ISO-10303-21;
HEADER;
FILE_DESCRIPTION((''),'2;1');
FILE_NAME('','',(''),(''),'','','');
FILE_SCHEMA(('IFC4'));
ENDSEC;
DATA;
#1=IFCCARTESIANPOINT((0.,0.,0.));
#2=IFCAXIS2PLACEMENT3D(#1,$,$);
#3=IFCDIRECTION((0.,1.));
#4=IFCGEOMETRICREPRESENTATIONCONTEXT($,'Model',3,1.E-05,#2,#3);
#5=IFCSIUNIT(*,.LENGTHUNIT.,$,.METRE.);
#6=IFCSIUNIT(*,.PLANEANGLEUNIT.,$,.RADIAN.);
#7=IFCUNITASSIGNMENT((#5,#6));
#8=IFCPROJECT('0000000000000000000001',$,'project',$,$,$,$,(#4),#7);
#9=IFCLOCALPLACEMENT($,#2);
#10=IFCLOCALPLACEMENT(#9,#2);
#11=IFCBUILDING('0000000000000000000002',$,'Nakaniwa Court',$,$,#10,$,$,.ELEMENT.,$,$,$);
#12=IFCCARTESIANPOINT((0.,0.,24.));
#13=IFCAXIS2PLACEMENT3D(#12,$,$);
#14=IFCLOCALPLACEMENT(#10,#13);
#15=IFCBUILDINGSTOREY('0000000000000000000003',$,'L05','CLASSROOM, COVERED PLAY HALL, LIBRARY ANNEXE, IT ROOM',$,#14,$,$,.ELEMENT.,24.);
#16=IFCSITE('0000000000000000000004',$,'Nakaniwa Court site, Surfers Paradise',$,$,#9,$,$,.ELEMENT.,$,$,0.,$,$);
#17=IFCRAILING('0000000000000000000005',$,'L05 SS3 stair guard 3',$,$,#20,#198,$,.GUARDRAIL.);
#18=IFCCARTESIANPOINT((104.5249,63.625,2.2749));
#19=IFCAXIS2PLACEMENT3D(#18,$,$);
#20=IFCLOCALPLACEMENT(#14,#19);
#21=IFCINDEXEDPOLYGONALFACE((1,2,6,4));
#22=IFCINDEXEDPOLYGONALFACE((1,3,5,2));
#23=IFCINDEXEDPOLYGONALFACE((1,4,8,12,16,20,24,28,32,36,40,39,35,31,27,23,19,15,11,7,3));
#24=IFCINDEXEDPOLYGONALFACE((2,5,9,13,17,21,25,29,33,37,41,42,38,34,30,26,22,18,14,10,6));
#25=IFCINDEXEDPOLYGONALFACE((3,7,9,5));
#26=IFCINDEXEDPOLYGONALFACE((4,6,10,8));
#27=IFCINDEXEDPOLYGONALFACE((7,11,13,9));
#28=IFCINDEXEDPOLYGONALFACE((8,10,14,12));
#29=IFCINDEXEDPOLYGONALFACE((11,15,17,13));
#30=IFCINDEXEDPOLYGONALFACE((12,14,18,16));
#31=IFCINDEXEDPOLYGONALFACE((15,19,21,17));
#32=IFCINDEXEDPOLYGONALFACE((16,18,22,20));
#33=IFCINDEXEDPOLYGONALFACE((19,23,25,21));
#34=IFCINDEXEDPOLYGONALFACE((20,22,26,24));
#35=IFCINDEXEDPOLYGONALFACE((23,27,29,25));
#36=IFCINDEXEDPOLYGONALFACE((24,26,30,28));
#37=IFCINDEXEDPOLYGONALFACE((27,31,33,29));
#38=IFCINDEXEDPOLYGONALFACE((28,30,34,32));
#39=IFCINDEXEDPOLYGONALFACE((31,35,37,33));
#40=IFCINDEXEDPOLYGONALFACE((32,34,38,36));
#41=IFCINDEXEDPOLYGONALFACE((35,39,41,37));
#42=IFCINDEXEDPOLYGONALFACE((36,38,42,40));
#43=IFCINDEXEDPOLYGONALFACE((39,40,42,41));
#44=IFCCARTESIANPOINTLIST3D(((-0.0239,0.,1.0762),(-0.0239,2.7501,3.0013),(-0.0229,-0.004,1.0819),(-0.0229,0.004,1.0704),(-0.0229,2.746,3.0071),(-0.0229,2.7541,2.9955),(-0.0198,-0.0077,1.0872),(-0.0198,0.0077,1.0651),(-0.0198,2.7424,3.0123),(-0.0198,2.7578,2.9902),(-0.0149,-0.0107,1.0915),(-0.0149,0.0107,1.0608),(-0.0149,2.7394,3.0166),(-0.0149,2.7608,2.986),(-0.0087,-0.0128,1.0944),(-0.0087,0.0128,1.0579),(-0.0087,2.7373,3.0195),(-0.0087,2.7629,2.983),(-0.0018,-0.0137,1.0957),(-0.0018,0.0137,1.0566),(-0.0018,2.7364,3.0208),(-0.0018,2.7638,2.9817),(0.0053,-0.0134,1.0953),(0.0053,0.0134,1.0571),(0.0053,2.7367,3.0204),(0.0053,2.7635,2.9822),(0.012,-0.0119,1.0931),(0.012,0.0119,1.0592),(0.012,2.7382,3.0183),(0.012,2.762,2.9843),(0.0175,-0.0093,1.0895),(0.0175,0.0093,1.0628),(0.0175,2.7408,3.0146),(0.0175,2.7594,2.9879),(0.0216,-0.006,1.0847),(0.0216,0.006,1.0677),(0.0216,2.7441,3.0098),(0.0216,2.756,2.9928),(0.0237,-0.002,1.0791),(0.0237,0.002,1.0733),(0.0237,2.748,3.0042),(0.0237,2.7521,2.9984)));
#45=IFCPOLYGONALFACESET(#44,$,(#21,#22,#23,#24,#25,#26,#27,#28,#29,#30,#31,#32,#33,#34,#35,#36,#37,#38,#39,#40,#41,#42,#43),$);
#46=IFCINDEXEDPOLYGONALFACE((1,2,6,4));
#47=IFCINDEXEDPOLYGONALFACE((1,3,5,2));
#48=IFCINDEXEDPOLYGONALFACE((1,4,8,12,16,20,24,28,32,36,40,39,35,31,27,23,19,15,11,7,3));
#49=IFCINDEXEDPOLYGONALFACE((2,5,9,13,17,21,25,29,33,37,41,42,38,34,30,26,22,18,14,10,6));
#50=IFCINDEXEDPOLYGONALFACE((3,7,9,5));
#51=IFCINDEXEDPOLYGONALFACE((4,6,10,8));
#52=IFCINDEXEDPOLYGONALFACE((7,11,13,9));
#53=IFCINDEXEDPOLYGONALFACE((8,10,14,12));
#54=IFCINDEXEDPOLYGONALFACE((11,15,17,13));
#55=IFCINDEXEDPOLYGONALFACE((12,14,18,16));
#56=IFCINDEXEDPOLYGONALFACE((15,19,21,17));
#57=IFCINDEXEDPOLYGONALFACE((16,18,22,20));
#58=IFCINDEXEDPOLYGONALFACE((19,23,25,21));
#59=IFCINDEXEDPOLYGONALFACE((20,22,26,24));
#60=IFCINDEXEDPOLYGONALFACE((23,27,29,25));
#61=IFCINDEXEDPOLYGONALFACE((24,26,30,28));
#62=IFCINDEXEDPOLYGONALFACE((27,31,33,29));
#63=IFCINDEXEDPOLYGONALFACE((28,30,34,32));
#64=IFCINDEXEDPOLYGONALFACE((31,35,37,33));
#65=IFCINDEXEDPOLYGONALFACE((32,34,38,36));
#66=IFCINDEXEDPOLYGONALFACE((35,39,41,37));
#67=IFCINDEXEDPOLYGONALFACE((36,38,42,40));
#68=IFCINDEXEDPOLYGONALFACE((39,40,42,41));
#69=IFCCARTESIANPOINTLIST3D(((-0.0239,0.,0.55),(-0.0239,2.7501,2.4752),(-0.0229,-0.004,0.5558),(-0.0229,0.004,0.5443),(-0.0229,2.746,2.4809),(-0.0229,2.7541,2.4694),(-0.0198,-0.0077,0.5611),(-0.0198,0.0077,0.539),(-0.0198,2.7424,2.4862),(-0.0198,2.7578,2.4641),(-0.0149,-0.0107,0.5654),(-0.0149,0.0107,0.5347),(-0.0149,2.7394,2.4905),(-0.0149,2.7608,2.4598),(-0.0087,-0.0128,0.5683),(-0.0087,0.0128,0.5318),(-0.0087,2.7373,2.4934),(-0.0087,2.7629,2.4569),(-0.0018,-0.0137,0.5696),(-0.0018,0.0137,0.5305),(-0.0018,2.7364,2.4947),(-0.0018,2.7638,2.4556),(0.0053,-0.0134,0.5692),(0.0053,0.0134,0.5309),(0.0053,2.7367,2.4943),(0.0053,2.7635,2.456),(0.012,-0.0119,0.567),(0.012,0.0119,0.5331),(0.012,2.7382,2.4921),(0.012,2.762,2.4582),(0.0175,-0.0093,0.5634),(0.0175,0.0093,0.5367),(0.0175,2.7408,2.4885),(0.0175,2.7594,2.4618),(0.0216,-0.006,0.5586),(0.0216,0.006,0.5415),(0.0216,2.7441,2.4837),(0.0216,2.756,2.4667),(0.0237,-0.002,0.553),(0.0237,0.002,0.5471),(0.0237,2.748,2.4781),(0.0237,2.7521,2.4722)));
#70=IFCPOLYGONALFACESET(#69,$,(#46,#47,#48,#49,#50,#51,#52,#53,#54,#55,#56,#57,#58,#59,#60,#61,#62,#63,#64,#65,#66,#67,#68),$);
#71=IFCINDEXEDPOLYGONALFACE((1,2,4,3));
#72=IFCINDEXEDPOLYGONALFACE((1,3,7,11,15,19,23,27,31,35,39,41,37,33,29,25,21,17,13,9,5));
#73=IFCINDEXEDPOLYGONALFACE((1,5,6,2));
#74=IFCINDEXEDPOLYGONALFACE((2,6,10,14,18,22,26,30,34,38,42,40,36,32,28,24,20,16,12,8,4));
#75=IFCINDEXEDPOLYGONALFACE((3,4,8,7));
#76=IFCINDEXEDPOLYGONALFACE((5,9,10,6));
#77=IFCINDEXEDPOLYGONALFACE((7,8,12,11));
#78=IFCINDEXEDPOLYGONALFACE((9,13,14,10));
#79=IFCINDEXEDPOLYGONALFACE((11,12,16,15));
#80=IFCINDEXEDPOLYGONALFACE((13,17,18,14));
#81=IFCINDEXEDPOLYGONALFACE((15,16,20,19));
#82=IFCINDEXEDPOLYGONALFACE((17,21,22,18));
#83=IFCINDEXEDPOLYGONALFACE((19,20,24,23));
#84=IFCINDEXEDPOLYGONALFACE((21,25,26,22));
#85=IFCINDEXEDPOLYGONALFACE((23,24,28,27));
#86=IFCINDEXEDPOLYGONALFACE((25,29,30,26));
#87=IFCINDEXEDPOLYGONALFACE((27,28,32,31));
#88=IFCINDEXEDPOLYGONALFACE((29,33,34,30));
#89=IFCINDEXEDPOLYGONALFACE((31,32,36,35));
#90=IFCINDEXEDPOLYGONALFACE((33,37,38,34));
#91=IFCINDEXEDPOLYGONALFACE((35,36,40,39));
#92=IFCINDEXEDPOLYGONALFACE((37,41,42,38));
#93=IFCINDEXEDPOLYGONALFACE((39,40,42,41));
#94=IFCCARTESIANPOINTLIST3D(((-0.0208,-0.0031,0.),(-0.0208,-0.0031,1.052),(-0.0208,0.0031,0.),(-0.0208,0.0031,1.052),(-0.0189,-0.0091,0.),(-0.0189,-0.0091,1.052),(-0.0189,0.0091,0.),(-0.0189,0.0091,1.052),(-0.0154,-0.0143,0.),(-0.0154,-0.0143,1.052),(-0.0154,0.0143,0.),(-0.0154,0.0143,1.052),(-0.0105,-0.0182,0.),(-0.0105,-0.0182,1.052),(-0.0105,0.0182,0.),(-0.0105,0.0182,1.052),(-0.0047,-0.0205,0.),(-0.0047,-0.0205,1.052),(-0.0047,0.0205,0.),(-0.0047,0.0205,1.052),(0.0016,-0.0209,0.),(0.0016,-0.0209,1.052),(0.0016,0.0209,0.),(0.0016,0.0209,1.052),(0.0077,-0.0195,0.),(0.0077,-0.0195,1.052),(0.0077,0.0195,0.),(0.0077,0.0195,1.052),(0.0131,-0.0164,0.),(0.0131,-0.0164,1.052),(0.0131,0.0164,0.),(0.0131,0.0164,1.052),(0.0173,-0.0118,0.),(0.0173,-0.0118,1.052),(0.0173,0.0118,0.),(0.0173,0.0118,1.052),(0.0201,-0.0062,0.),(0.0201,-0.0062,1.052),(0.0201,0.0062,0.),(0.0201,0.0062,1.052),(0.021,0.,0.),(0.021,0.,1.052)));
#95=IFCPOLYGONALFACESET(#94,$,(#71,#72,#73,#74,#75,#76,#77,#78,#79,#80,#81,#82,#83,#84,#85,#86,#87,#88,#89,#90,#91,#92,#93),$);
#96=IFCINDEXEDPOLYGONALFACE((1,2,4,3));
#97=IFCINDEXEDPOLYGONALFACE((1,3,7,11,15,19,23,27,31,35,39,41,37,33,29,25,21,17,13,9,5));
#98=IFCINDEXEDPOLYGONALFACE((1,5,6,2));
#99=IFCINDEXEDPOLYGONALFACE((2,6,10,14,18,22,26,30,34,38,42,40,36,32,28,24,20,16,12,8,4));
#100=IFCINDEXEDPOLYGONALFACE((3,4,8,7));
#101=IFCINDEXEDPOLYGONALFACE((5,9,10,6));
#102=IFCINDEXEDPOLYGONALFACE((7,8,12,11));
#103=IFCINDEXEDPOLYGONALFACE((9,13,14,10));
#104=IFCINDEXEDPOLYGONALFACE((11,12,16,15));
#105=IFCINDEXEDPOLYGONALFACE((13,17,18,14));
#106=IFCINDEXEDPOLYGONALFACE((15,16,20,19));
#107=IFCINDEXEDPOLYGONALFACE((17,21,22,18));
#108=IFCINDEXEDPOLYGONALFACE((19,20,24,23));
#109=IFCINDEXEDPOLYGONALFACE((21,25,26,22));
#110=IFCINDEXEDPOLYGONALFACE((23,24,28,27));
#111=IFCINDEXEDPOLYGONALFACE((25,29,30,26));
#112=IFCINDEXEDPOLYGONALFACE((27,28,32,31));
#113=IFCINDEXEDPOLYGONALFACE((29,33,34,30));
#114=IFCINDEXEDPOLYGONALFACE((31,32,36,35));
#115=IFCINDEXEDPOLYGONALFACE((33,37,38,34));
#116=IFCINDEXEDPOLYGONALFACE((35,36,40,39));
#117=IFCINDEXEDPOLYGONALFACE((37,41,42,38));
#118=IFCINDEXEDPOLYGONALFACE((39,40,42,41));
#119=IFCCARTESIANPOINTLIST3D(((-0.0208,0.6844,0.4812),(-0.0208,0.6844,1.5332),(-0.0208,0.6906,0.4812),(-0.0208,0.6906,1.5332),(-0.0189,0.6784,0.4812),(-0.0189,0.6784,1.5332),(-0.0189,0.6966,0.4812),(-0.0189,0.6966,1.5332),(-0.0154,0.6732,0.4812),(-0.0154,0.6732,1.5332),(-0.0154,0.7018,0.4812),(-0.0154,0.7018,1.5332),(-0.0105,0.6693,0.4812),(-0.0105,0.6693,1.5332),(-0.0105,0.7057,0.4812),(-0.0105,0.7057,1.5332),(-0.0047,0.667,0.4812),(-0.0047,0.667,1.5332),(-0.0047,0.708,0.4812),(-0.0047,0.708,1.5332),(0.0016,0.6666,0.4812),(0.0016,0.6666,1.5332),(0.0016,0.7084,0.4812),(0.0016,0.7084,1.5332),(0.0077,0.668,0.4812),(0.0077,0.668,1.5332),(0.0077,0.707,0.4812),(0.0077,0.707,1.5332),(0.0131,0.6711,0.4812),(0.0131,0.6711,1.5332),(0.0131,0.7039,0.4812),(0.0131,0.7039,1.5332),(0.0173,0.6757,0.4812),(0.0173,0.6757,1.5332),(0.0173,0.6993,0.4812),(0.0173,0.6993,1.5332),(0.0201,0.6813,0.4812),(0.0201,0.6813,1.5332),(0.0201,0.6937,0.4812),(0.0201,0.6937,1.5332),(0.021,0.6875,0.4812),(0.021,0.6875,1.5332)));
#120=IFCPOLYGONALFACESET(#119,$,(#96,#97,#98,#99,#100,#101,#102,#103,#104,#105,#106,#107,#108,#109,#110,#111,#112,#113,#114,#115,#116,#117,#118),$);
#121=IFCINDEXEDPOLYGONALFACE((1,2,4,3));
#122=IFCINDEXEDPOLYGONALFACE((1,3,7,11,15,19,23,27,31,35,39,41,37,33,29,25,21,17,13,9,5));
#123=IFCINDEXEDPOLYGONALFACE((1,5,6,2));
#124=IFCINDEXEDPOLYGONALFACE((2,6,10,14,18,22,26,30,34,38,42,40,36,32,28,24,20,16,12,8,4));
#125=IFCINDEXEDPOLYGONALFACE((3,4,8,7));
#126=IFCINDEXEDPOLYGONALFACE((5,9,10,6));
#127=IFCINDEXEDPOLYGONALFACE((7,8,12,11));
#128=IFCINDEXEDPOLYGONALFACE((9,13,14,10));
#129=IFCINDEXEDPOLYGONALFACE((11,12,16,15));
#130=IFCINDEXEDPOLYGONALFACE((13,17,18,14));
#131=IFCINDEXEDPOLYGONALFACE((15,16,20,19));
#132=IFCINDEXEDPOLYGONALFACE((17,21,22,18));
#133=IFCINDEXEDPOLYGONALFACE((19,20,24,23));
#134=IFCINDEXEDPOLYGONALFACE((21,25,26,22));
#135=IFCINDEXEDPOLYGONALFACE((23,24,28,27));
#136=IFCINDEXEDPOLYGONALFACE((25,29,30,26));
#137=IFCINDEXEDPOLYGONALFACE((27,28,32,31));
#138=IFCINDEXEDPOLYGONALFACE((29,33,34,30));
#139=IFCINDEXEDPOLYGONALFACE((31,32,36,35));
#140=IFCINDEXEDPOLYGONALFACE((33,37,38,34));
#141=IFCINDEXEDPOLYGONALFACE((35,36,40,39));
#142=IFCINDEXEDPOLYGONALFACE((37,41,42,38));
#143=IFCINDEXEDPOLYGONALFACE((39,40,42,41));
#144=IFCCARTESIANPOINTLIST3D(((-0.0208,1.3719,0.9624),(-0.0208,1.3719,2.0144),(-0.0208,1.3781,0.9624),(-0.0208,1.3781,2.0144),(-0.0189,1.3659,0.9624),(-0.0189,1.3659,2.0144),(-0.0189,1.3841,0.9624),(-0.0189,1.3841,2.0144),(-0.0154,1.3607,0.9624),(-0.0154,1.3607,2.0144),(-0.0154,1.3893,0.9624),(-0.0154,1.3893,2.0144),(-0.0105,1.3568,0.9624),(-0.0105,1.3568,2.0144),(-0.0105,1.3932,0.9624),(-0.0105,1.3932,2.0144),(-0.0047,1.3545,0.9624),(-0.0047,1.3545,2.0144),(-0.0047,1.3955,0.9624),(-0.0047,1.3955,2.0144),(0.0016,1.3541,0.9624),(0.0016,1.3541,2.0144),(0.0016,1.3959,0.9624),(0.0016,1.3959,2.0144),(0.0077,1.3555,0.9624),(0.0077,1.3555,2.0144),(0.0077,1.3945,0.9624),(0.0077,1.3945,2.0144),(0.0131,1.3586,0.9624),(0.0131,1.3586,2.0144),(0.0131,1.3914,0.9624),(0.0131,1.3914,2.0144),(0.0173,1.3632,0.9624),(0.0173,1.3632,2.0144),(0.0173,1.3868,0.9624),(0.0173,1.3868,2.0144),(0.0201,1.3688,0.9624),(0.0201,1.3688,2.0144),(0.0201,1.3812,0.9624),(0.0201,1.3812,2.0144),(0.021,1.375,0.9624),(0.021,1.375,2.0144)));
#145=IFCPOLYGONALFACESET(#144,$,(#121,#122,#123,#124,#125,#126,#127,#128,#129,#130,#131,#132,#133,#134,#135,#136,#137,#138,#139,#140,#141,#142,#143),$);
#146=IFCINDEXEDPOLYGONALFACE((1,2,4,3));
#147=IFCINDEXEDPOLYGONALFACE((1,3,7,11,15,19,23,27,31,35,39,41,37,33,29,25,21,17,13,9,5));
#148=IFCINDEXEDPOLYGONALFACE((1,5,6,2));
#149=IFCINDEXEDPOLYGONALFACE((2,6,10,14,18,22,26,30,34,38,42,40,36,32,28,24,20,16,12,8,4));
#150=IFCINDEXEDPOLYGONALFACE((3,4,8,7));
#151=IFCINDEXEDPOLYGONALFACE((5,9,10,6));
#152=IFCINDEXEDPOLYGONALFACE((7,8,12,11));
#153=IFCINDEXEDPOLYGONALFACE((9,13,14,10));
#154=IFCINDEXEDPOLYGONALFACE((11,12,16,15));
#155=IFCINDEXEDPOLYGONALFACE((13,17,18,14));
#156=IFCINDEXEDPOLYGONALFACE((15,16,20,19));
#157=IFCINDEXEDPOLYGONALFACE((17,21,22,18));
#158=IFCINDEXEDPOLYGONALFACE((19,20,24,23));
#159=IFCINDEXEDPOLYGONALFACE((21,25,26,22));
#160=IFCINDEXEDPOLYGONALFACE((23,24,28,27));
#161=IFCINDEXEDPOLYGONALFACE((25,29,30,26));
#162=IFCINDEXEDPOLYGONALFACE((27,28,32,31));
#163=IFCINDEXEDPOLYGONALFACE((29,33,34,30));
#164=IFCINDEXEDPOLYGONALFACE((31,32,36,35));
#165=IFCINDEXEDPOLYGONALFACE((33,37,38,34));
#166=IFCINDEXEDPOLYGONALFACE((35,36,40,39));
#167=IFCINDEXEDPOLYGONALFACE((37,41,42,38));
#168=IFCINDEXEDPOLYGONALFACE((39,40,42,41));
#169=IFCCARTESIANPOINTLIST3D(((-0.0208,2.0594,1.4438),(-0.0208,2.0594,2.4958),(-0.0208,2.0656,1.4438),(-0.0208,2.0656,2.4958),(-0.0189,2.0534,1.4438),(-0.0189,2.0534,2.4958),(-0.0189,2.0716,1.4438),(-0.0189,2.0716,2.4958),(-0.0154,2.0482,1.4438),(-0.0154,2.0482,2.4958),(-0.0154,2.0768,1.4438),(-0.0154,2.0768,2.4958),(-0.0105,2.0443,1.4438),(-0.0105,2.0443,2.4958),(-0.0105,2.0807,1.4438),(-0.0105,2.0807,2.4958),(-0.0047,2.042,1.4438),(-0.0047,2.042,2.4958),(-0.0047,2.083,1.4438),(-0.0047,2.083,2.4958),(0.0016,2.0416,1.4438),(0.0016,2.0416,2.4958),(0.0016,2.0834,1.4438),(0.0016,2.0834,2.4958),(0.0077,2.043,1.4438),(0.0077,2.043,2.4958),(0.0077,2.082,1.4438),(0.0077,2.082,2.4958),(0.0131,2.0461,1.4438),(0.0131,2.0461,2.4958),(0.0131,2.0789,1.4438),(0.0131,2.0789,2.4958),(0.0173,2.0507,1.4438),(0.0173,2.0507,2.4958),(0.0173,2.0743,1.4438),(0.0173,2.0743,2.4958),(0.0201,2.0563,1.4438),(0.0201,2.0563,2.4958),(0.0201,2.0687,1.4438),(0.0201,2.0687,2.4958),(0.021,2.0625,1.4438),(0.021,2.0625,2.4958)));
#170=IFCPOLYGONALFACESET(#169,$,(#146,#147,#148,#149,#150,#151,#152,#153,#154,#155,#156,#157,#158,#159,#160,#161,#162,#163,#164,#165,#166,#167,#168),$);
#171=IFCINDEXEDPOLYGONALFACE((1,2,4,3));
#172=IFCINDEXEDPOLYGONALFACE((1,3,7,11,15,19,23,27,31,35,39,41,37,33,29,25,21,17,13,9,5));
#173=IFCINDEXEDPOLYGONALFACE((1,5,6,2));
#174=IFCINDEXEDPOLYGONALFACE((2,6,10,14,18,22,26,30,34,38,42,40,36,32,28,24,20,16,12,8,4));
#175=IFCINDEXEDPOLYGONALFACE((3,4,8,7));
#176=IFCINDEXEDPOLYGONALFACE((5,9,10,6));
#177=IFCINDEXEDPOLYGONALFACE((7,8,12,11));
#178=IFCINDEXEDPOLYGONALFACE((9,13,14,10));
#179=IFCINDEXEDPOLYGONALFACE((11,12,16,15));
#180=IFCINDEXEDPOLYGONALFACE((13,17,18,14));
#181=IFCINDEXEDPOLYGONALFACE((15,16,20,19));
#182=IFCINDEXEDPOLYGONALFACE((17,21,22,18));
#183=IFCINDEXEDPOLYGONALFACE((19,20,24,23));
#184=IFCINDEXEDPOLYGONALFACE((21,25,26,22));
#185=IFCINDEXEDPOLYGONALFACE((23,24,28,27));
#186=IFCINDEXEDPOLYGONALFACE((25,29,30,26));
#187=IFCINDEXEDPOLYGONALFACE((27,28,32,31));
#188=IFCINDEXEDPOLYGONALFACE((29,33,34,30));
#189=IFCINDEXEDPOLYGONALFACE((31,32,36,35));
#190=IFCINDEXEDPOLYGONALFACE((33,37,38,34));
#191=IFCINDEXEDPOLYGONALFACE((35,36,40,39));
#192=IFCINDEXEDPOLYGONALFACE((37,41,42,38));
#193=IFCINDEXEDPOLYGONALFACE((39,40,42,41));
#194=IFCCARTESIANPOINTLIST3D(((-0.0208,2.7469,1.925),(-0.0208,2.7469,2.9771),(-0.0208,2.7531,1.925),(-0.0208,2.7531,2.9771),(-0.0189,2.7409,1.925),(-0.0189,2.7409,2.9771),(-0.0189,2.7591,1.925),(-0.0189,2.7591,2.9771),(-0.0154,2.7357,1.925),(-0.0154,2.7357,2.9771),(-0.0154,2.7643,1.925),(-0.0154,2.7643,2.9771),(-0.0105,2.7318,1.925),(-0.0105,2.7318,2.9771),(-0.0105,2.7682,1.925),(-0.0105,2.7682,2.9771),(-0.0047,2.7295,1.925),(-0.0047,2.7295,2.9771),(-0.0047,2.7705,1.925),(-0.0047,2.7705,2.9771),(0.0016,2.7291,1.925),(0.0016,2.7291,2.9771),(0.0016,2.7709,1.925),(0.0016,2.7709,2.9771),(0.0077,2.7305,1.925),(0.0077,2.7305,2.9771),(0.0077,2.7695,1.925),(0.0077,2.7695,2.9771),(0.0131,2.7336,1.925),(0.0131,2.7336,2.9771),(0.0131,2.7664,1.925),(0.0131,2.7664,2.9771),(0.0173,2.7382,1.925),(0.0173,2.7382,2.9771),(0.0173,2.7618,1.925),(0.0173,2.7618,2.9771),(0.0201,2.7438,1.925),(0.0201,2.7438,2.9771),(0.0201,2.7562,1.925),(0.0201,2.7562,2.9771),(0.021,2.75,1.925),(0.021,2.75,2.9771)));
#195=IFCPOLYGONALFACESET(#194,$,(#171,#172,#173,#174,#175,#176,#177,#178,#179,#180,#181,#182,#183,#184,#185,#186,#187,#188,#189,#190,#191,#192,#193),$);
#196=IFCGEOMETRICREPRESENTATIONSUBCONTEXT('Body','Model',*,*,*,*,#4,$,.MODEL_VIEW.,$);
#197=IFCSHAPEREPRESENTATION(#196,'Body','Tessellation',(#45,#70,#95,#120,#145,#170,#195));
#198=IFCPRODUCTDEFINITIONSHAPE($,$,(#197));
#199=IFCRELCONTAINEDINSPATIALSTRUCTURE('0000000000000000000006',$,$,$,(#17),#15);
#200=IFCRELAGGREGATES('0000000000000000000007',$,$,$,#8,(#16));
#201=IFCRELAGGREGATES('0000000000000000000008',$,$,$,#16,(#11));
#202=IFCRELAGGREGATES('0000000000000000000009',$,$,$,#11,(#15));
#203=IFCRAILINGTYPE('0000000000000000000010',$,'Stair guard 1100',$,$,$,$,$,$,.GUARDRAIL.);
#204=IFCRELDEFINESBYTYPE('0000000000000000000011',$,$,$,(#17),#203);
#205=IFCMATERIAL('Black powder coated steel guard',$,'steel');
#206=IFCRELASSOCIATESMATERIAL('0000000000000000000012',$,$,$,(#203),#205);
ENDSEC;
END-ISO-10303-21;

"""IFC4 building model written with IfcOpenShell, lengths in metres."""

from ifc_helpers import new_model, si_unit, direction, frame, origin, origin_2d, place, context, subcontext, project, spatial, circle, extrude, material, type_object, element, save


model = new_model("IFC4")

# Units and contexts
model_context = context("Model", 3, precision=1e-05, world=origin(), true_north=direction((0.0, 1.0)))
body_context = subcontext(model_context, "Body", "Model", "MODEL_VIEW")
ifc_project = project(units=[si_unit("LENGTHUNIT", "METRE"), si_unit("PLANEANGLEUNIT", "RADIAN")], contexts=[model_context])

# Site, building, storey
site_placement = place(None, origin())
site = spatial("IfcSite", under=ifc_project, at=site_placement, Name="Nakaniwa Court site, Surfers Paradise", CompositionType="ELEMENT", RefElevation=0.0)
building_placement = place(site_placement, origin())
building = spatial("IfcBuilding", under=site, at=building_placement, Name="Nakaniwa Court", CompositionType="ELEMENT")
storey_placement = place(building_placement, frame((0.0, 0.0, 24.0)))
storey = spatial("IfcBuildingStorey", under=building, at=storey_placement, Name="L05", Description="CLASSROOM, COVERED PLAY HALL, LIBRARY ANNEXE, IT ROOM", CompositionType="ELEMENT", Elevation=24.0)

# Railing
ifc_material_1 = material(Name="Black powder coated steel guard", Category="steel")
railing_type_1 = type_object("IfcRailingType", Name="Stair guard 1100", PredefinedType="GUARDRAIL", material=ifc_material_1)
railing_1_placement = place(storey_placement, frame((104.5249, 63.625, 2.2749)))
element("IfcRailing", 1, at=railing_1_placement, inside=storey, type_object=railing_type_1, Name="L05 SS3 stair guard 3", PredefinedType="GUARDRAIL", context=body_context, shape_type="SweptSolid", body=[
    extrude(circle(Radius=0.0239, at=origin_2d()), frame((0.0, 0.0, 1.0762), z_axis=(0.0, 0.819225, 0.573472), x_axis=(-1.0, 0.0, 0.0)), (0.0, 0.0, 1.0), 3.3569),
    extrude(circle(Radius=0.0239, at=origin_2d()), frame((0.0, 0.0, 0.55), z_axis=(0.0, 0.819225, 0.573472), x_axis=(-1.0, 0.0, 0.0)), (0.0, 0.0, 1.0), 3.3569),
    extrude(circle(Radius=0.021, at=origin_2d()), origin(), (0.0, 0.0, 1.0), 1.052),
    extrude(circle(Radius=0.021, at=origin_2d()), frame((0.0, 0.6875, 0.4812)), (0.0, 0.0, 1.0), 1.052),
    extrude(circle(Radius=0.021, at=origin_2d()), frame((0.0, 1.375, 0.9624)), (0.0, 0.0, 1.0), 1.052),
    extrude(circle(Radius=0.021, at=origin_2d()), frame((0.0, 2.0625, 1.4438)), (0.0, 0.0, 1.0), 1.052),
    extrude(circle(Radius=0.021, at=origin_2d()), frame((0.0, 2.75, 1.925)), (0.0, 0.0, 1.0), 1.052),
])

save(model, "model.ifc")
